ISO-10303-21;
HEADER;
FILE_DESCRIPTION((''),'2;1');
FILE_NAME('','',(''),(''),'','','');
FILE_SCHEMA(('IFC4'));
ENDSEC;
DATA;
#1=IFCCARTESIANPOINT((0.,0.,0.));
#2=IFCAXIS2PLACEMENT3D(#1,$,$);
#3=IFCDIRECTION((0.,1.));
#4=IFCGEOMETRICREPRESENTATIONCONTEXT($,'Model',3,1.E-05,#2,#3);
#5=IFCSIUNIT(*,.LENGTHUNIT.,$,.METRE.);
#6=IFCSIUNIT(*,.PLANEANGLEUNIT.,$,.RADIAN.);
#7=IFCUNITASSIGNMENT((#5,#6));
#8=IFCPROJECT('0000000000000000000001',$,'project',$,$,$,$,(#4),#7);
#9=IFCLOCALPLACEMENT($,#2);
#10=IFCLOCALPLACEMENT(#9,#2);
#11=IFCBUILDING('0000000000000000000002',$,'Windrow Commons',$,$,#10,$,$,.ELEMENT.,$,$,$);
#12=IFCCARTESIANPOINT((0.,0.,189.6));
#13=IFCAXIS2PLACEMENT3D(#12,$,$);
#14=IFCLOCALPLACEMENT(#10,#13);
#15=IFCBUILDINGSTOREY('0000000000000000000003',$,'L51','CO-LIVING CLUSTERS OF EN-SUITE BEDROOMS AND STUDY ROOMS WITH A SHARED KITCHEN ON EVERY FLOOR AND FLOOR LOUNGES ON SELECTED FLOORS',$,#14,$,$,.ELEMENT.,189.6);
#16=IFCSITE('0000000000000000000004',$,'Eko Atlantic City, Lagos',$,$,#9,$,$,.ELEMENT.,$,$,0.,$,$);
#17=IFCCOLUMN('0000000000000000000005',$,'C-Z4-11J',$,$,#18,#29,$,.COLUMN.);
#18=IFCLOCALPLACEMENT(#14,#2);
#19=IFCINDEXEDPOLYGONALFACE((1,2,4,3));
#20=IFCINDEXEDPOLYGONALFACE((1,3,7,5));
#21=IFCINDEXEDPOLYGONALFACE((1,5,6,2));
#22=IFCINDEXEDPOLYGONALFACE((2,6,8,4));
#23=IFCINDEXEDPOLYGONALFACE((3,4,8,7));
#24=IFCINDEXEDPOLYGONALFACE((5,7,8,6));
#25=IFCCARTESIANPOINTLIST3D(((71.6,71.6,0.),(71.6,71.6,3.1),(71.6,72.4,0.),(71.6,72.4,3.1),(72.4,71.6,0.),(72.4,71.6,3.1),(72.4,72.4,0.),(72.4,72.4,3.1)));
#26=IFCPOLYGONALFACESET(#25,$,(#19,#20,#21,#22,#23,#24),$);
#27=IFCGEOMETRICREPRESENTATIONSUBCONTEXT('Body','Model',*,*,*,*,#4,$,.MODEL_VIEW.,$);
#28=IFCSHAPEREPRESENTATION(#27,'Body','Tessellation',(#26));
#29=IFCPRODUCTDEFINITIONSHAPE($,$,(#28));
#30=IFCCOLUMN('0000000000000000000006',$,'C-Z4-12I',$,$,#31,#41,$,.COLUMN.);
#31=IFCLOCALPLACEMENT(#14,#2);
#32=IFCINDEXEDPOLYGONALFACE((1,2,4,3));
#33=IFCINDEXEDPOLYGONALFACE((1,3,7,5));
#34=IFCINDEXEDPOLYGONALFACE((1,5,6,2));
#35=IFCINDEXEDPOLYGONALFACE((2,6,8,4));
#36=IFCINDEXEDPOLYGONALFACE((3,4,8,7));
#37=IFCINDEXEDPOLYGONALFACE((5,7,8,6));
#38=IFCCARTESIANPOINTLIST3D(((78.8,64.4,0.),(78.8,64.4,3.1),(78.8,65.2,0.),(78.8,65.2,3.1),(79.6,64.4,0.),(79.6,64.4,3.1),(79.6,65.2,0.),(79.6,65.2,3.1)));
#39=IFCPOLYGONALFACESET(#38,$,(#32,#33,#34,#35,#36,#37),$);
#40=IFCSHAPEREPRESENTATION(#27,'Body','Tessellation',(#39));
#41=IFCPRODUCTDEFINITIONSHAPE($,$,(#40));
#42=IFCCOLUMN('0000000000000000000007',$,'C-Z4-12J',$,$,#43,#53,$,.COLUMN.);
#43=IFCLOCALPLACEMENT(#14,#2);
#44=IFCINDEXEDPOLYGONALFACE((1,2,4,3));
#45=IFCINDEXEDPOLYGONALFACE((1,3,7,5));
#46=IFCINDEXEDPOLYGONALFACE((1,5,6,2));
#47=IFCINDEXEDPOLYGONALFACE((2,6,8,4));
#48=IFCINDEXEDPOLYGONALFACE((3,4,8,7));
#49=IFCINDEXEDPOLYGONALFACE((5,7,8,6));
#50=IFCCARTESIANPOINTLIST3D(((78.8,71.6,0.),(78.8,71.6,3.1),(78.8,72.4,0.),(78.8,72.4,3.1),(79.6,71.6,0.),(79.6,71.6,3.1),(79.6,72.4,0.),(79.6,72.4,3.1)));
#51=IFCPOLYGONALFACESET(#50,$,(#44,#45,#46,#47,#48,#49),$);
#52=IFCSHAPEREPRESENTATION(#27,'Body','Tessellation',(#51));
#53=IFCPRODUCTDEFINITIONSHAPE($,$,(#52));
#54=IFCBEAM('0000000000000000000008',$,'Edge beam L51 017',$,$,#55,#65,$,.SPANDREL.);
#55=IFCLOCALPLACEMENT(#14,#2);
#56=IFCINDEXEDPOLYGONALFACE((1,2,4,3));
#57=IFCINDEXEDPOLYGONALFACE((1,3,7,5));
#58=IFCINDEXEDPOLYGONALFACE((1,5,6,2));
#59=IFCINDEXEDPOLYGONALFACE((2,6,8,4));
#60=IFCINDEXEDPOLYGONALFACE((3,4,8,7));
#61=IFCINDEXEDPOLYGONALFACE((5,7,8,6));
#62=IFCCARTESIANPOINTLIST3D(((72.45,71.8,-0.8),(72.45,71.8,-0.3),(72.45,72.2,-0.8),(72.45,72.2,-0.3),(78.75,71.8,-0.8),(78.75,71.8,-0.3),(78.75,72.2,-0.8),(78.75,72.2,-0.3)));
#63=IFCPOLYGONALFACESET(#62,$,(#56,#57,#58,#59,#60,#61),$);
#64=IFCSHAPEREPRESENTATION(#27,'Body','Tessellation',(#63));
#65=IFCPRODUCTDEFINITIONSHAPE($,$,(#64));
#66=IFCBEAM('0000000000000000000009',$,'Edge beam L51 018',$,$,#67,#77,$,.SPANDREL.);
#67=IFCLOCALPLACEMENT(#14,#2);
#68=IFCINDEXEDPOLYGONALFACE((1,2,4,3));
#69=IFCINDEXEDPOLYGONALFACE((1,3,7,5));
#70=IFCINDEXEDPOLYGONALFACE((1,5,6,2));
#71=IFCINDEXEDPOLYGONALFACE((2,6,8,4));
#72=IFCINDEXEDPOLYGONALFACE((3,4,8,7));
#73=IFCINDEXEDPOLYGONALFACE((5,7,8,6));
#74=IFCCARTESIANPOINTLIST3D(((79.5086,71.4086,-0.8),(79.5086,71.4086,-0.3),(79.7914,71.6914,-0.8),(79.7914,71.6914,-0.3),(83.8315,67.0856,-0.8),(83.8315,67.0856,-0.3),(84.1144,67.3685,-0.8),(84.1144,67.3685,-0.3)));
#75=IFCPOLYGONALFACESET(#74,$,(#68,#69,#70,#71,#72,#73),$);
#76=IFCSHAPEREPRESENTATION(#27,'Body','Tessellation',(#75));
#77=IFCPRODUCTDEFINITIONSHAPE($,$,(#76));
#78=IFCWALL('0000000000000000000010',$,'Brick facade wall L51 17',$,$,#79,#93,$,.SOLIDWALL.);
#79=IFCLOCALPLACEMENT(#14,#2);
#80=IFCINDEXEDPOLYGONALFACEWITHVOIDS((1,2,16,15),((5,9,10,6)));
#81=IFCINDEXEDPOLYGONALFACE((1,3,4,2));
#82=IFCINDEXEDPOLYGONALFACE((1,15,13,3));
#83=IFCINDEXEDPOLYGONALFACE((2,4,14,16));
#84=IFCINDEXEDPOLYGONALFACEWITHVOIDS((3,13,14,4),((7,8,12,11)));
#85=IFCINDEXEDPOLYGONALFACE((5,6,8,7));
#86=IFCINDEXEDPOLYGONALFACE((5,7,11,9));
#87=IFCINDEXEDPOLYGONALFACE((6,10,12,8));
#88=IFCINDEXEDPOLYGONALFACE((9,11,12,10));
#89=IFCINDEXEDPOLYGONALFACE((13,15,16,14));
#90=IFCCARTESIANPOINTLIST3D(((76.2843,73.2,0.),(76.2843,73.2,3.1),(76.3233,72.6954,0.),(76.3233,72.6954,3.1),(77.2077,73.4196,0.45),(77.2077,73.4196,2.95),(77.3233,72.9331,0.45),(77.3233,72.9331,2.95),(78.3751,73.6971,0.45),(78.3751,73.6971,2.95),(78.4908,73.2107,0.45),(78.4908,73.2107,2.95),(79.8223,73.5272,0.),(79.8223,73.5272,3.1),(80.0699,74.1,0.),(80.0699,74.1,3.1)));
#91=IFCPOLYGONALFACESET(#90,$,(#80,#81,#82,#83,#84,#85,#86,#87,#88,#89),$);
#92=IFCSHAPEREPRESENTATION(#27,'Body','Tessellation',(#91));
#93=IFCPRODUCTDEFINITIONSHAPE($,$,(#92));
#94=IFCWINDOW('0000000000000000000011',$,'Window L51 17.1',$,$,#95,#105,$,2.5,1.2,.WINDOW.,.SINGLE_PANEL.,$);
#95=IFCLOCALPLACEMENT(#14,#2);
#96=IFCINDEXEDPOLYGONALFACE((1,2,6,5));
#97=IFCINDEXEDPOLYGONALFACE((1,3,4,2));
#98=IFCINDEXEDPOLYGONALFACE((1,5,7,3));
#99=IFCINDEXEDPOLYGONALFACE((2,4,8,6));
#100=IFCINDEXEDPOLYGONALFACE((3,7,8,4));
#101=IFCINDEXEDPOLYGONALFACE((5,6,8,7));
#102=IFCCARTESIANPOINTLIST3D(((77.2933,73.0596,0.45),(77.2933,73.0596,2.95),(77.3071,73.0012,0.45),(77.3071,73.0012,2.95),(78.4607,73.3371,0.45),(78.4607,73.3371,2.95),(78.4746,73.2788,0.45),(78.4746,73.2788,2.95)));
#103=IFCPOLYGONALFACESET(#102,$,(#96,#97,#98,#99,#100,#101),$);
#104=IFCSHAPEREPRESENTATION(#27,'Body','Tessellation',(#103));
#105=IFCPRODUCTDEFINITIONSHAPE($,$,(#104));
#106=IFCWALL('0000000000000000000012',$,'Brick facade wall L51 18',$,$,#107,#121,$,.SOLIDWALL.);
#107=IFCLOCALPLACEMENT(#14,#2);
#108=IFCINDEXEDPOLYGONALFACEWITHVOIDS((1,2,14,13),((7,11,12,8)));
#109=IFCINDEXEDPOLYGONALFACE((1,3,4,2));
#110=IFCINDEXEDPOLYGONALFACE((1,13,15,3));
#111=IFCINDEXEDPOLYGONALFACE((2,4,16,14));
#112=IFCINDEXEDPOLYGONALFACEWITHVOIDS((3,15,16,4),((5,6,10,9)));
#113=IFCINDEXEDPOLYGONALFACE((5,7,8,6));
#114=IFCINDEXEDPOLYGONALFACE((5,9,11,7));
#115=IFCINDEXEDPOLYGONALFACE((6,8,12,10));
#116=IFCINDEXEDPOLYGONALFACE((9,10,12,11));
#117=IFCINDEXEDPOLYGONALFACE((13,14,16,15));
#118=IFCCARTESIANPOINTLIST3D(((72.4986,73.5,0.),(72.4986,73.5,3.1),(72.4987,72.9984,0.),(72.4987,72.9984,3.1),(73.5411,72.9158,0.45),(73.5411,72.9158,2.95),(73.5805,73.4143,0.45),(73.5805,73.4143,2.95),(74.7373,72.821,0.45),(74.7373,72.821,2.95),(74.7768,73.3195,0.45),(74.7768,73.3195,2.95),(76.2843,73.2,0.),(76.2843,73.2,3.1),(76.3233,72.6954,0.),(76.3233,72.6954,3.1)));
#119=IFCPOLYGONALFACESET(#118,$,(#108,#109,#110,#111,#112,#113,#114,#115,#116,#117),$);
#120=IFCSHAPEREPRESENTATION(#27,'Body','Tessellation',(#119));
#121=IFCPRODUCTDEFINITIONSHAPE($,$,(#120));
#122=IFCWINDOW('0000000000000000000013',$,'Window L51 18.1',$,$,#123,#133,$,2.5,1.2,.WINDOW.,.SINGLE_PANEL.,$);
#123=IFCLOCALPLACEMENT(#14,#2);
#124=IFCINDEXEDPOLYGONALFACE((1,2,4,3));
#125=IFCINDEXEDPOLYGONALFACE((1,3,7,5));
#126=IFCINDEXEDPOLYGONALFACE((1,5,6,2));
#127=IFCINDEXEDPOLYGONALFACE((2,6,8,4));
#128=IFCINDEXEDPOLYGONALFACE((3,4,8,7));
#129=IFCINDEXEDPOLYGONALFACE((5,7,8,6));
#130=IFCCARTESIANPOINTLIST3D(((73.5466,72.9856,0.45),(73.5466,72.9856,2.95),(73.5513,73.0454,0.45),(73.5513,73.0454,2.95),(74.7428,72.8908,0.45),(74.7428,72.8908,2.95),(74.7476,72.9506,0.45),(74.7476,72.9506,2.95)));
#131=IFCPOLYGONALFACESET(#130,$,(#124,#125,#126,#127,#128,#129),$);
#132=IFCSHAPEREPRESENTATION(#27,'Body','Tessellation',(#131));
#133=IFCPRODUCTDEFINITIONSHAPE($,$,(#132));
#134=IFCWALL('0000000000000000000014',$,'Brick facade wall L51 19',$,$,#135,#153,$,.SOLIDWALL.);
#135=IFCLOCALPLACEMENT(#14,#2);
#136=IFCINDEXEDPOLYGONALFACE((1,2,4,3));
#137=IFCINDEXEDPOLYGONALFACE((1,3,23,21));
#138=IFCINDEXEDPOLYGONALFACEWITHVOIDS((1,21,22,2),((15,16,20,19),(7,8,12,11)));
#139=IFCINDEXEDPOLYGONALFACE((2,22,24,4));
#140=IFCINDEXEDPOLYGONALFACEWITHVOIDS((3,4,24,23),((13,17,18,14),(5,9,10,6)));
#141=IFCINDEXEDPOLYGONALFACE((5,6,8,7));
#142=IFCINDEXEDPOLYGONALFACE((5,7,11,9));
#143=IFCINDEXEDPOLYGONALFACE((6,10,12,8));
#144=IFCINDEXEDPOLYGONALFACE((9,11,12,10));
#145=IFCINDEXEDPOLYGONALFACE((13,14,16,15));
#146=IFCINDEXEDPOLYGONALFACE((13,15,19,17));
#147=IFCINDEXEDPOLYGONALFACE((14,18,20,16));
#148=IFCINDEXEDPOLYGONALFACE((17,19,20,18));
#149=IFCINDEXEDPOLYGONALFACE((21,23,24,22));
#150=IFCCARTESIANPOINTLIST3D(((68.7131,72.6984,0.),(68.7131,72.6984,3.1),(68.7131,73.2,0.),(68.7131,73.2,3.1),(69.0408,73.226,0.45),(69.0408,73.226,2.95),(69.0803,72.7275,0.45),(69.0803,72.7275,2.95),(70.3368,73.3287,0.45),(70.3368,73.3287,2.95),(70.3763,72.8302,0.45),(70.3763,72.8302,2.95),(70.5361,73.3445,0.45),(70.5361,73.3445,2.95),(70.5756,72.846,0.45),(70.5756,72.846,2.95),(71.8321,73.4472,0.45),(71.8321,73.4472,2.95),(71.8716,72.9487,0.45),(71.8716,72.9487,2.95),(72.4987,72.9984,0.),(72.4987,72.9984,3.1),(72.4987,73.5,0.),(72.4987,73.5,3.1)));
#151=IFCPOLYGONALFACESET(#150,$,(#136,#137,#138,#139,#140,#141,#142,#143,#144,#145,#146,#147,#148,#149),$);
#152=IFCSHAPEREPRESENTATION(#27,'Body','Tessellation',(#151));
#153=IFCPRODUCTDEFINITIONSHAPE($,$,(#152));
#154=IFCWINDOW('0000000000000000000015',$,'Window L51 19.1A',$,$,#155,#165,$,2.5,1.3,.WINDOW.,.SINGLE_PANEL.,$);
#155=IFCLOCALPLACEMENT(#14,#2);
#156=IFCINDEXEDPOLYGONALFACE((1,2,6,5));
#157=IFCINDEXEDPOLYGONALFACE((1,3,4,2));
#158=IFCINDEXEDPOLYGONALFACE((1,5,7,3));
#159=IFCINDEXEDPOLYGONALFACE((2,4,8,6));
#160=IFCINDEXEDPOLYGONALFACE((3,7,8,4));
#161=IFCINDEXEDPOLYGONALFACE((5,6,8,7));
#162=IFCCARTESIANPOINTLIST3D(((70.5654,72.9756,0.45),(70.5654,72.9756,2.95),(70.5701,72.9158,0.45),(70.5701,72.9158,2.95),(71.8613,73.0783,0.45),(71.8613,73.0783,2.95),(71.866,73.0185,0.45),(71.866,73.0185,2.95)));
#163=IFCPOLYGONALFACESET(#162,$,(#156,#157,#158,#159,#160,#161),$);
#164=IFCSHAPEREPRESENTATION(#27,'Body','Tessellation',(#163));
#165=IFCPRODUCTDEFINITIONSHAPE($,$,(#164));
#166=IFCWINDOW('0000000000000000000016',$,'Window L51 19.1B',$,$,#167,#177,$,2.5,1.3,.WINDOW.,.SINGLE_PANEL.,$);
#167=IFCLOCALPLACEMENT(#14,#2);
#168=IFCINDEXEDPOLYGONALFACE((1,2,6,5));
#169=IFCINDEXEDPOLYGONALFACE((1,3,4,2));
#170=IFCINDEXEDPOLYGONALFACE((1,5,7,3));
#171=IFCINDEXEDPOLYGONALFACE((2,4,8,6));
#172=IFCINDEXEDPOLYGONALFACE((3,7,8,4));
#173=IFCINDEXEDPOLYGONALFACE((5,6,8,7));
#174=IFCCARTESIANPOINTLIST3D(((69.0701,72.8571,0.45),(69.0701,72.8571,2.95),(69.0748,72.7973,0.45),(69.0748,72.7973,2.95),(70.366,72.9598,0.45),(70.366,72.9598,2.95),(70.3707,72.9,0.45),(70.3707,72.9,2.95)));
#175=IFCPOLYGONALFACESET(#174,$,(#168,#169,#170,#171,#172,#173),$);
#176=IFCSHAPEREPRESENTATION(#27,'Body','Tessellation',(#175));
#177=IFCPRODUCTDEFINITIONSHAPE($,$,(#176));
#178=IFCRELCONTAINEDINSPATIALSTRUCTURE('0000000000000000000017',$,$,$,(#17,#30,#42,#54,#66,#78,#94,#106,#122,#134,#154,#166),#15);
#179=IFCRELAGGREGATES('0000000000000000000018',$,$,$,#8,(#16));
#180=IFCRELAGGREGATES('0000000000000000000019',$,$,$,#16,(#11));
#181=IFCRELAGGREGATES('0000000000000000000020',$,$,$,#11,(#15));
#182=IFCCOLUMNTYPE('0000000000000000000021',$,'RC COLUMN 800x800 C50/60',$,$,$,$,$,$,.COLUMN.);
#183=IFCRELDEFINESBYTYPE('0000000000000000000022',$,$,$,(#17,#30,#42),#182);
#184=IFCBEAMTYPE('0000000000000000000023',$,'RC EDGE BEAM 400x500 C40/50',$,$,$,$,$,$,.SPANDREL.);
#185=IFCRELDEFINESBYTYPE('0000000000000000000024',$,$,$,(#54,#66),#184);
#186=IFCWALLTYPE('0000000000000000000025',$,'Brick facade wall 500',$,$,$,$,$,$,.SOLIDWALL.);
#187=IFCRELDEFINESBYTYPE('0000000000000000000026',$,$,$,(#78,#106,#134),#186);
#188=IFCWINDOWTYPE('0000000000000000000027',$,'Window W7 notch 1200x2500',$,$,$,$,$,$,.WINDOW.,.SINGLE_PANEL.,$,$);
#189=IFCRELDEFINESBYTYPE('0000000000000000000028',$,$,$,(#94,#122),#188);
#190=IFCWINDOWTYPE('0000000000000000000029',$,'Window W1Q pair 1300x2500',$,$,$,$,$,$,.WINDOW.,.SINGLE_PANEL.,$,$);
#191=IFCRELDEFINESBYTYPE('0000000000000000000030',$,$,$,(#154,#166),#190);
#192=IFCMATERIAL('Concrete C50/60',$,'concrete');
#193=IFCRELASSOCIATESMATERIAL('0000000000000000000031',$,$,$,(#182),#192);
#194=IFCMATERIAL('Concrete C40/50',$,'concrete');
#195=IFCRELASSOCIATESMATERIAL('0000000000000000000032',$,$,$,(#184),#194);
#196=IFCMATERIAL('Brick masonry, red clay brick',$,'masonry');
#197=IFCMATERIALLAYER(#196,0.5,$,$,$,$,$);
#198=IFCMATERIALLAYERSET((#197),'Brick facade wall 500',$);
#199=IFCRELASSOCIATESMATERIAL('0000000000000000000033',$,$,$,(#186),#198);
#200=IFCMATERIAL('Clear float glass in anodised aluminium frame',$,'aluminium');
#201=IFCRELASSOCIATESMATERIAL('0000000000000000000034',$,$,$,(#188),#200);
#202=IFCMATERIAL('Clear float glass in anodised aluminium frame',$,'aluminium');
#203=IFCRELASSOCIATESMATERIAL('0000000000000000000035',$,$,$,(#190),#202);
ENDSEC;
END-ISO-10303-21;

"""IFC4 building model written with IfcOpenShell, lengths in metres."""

from ifc_helpers import new_model, si_unit, direction, frame, frame_2d, origin, origin_2d, place, context, subcontext, project, spatial, polyline, rectangle, outline, extrude, material, layer, layer_set, material_profile, profile_set, type_object, element, fill, save


model = new_model("IFC4")

# Units and contexts
model_context = context("Model", 3, precision=1e-05, world=origin(), true_north=direction((0.0, 1.0)))
body_context = subcontext(model_context, "Body", "Model", "MODEL_VIEW")
ifc_project = project(units=[si_unit("LENGTHUNIT", "METRE"), si_unit("PLANEANGLEUNIT", "RADIAN")], contexts=[model_context])

# Site, building, storey
site_placement = place(None, origin())
site = spatial("IfcSite", under=ifc_project, at=site_placement, Name="Eko Atlantic City, Lagos", CompositionType="ELEMENT", RefElevation=0.0)
building_placement = place(site_placement, origin())
building = spatial("IfcBuilding", under=site, at=building_placement, Name="Windrow Commons", CompositionType="ELEMENT")
storey_placement = place(building_placement, frame((0.0, 0.0, 189.6)))
storey = spatial("IfcBuildingStorey", under=building, at=storey_placement, Name="L51", Description="CO-LIVING CLUSTERS OF EN-SUITE BEDROOMS AND STUDY ROOMS WITH A SHARED KITCHEN ON EVERY FLOOR AND FLOOR LOUNGES ON SELECTED FLOORS", CompositionType="ELEMENT", Elevation=189.6)

# Columns
ifc_material_1 = material(Name="Concrete C50/60", Category="concrete")
ifc_material_profile_1 = material_profile(ifc_material_1, rectangle(XDim=0.8, YDim=0.8, at=origin_2d()))
ifc_profile_set_1 = profile_set([ifc_material_profile_1], Name="Concrete C50/60")
column_type = type_object("IfcColumnType", Name="RC COLUMN 800x800 C50/60", PredefinedType="COLUMN", material=ifc_profile_set_1)
for number, where, z_axis, x_axis, name in (
    (1, (72.0, 72.0, 0.0), (0.0, 0.0, 1.0), (1.0, 0.0, 0.0), "C-Z4-11J"),
    (2, (79.2, 64.8, 0.0), (0.0, 0.0, 1.0), (1.0, 0.0, 0.0), "C-Z4-12I"),
    (3, (79.2, 72.0, 0.0), (0.0, 0.0, 1.0), (1.0, 0.0, 0.0), "C-Z4-12J"),
):
    element("IfcColumn", number, at=place(storey_placement, frame(where, z_axis=z_axis, x_axis=x_axis)), inside=storey, type_object=column_type, Name=name, PredefinedType="COLUMN", context=body_context, shape_type="SweptSolid", body=[
        extrude(rectangle(XDim=0.8, YDim=0.8, at=origin_2d()), origin(), (0.0, 0.0, 1.0), 3.1),
    ])

# Beams
ifc_material_2 = material(Name="Concrete C40/50", Category="concrete")
ifc_material_profile_2 = material_profile(ifc_material_2, rectangle(XDim=0.4, YDim=0.5, at=origin_2d()))
ifc_profile_set_2 = profile_set([ifc_material_profile_2], Name="Concrete C40/50")
beam_type = type_object("IfcBeamType", Name="RC EDGE BEAM 400x500 C40/50", PredefinedType="SPANDREL", material=ifc_profile_set_2)
beam_1_placement = place(storey_placement, frame((72.45, 72.0, -0.55), z_axis=(1.0, 0.0, 0.0), x_axis=(0.0, 1.0, 0.0)))
element("IfcBeam", 4, at=beam_1_placement, inside=storey, type_object=beam_type, Name="Edge beam L51 017", PredefinedType="SPANDREL", context=body_context, shape_type="SweptSolid", body=[
    extrude(rectangle(XDim=0.4, YDim=0.5, at=origin_2d()), origin(), (0.0, 0.0, 1.0), 6.3),
])
beam_2_placement = place(storey_placement, frame((79.65, 71.55, -0.55), z_axis=(0.707107, -0.707107, 0.0), x_axis=(0.707107, 0.707107, 0.0)))
element("IfcBeam", 5, at=beam_2_placement, inside=storey, type_object=beam_type, Name="Edge beam L51 018", PredefinedType="SPANDREL", context=body_context, shape_type="SweptSolid", body=[
    extrude(rectangle(XDim=0.4, YDim=0.5, at=origin_2d()), origin(), (0.0, 0.0, 1.0), 6.1136),
])

# Walls, openings, windows
ifc_material_3 = material(Name="Brick masonry, red clay brick", Category="masonry")
ifc_layer_1 = layer(ifc_material_3, 0.5)
ifc_layer_set_1 = layer_set([ifc_layer_1], Name="Brick facade wall 500")
wall_type_1 = type_object("IfcWallType", Name="Brick facade wall 500", PredefinedType="SOLIDWALL", material=ifc_layer_set_1)
wall_1_placement = place(storey_placement, frame((79.9461, 73.8136, 0.0), z_axis=(0.0, 0.0, 1.0), x_axis=(-0.972885, -0.231288, 0.0)))
wall_1 = element("IfcWall", 6, at=wall_1_placement, inside=storey, type_object=wall_type_1, Name="Brick facade wall L51 17", PredefinedType="SOLIDWALL", context=body_context, shape_type="SweptSolid", body=[
    extrude(outline(polyline([(-0.1867, -0.25), (3.7044, -0.25), (3.7832, 0.25), (0.1867, 0.25), (-0.1867, -0.25)])), origin(), (0.0, 0.0, 1.0), 3.1),
])
opening_1_placement = place(wall_1_placement, frame((1.5553, 0.0, 0.45)))
opening_1 = element("IfcOpeningElement", 7, at=opening_1_placement, cuts=wall_1, PredefinedType="OPENING", context=body_context, shape_type="SweptSolid", body=[
    extrude(rectangle(XDim=1.2, YDim=2.5, at=frame_2d((0.6, 1.25))), frame((0.0, 0.26, 0.0), z_axis=(0.0, -1.0, 0.0), x_axis=(1.0, 0.0, 0.0)), (0.0, 0.0, 1.0), 0.52),
])
ifc_material_4 = material(Name="Clear float glass in anodised aluminium frame", Category="aluminium")
window_type_1 = type_object("IfcWindowType", Name="Window W7 notch 1200x2500", PartitioningType="SINGLE_PANEL", PredefinedType="WINDOW", material=ifc_material_4)
window_1_placement = place(opening_1_placement, origin())
window_1 = element("IfcWindow", 8, at=window_1_placement, inside=storey, type_object=window_type_1, Name="Window L51 17.1", OverallHeight=2.5, OverallWidth=1.2, PartitioningType="SINGLE_PANEL", PredefinedType="WINDOW", context=body_context, shape_type="SweptSolid", body=[
    extrude(rectangle(XDim=1.2, YDim=2.5, at=frame_2d((0.6, 1.25))), frame((0.0, 0.18, 0.0), z_axis=(0.0, -1.0, 0.0), x_axis=(1.0, 0.0, 0.0)), (0.0, 0.0, 1.0), 0.06),
])
fill(opening_1, window_1)
wall_2_placement = place(storey_placement, frame((76.3038, 72.9477, 0.0), z_axis=(0.0, 0.0, 1.0), x_axis=(-0.996876, 0.078988, 0.0)))
wall_2 = element("IfcWall", 9, at=wall_2_placement, inside=storey, type_object=wall_type_1, Name="Brick facade wall L51 18", PredefinedType="SOLIDWALL", context=body_context, shape_type="SweptSolid", body=[
    extrude(outline(polyline([(0.0394, -0.25), (3.8369, -0.25), (3.7972, 0.25), (-0.0394, 0.25), (0.0394, -0.25)])), origin(), (0.0, 0.0, 1.0), 3.1),
])
opening_2_placement = place(wall_2_placement, frame((1.5516, 0.0, 0.45)))
opening_2 = element("IfcOpeningElement", 10, at=opening_2_placement, cuts=wall_2, PredefinedType="OPENING", context=body_context, shape_type="SweptSolid", body=[
    extrude(rectangle(XDim=1.2, YDim=2.5, at=frame_2d((0.6, 1.25))), frame((0.0, 0.26, 0.0), z_axis=(0.0, -1.0, 0.0), x_axis=(1.0, 0.0, 0.0)), (0.0, 0.0, 1.0), 0.52),
])
window_2_placement = place(opening_2_placement, origin())
window_2 = element("IfcWindow", 11, at=window_2_placement, inside=storey, type_object=window_type_1, Name="Window L51 18.1", OverallHeight=2.5, OverallWidth=1.2, PartitioningType="SINGLE_PANEL", PredefinedType="WINDOW", context=body_context, shape_type="SweptSolid", body=[
    extrude(rectangle(XDim=1.2, YDim=2.5, at=frame_2d((0.6, 1.25))), frame((0.0, 0.18, 0.0), z_axis=(0.0, -1.0, 0.0), x_axis=(1.0, 0.0, 0.0)), (0.0, 0.0, 1.0), 0.06),
])
fill(opening_2, window_2)

# Wall, openings, windows
wall_3_placement = place(storey_placement, frame((72.4987, 73.2492, 0.0), z_axis=(0.0, 0.0, 1.0), x_axis=(-0.996875, -0.078998, 0.0)))
wall_3 = element("IfcWall", 12, at=wall_3_placement, inside=storey, type_object=wall_type_1, Name="Brick facade wall L51 19", PredefinedType="SOLIDWALL", context=body_context, shape_type="SweptSolid", body=[
    extrude(outline(polyline([(-0.0198, -0.25), (3.7777, -0.25), (3.8173, 0.25), (0.0198, 0.25), (-0.0198, -0.25)])), origin(), (0.0, 0.0, 1.0), 3.1),
])
opening_3_placement = place(wall_3_placement, frame((0.6489, 0.0, 0.45)))
opening_3 = element("IfcOpeningElement", 13, at=opening_3_placement, cuts=wall_3, PredefinedType="OPENING", context=body_context, shape_type="SweptSolid", body=[
    extrude(rectangle(XDim=1.3, YDim=2.5, at=frame_2d((0.65, 1.25))), frame((0.0, 0.26, 0.0), z_axis=(0.0, -1.0, 0.0), x_axis=(1.0, 0.0, 0.0)), (0.0, 0.0, 1.0), 0.52),
])
opening_4_placement = place(wall_3_placement, frame((2.1489, 0.0, 0.45)))
opening_4 = element("IfcOpeningElement", 14, at=opening_4_placement, cuts=wall_3, PredefinedType="OPENING", context=body_context, shape_type="SweptSolid", body=[
    extrude(rectangle(XDim=1.3, YDim=2.5, at=frame_2d((0.65, 1.25))), frame((0.0, 0.26, 0.0), z_axis=(0.0, -1.0, 0.0), x_axis=(1.0, 0.0, 0.0)), (0.0, 0.0, 1.0), 0.52),
])
ifc_material_5 = material(Name="Clear float glass in anodised aluminium frame", Category="aluminium")
window_type_2 = type_object("IfcWindowType", Name="Window W1Q pair 1300x2500", PartitioningType="SINGLE_PANEL", PredefinedType="WINDOW", material=ifc_material_5)
window_3_placement = place(opening_3_placement, origin())
window_3 = element("IfcWindow", 15, at=window_3_placement, inside=storey, type_object=window_type_2, Name="Window L51 19.1A", OverallHeight=2.5, OverallWidth=1.3, PartitioningType="SINGLE_PANEL", PredefinedType="WINDOW", context=body_context, shape_type="SweptSolid", body=[
    extrude(rectangle(XDim=1.3, YDim=2.5, at=frame_2d((0.65, 1.25))), frame((0.0, 0.18, 0.0), z_axis=(0.0, -1.0, 0.0), x_axis=(1.0, 0.0, 0.0)), (0.0, 0.0, 1.0), 0.06),
])
fill(opening_3, window_3)
window_4_placement = place(opening_4_placement, origin())
window_4 = element("IfcWindow", 16, at=window_4_placement, inside=storey, type_object=window_type_2, Name="Window L51 19.1B", OverallHeight=2.5, OverallWidth=1.3, PartitioningType="SINGLE_PANEL", PredefinedType="WINDOW", context=body_context, shape_type="SweptSolid", body=[
    extrude(rectangle(XDim=1.3, YDim=2.5, at=frame_2d((0.65, 1.25))), frame((0.0, 0.18, 0.0), z_axis=(0.0, -1.0, 0.0), x_axis=(1.0, 0.0, 0.0)), (0.0, 0.0, 1.0), 0.06),
])
fill(opening_4, window_4)

save(model, "model.ifc")
